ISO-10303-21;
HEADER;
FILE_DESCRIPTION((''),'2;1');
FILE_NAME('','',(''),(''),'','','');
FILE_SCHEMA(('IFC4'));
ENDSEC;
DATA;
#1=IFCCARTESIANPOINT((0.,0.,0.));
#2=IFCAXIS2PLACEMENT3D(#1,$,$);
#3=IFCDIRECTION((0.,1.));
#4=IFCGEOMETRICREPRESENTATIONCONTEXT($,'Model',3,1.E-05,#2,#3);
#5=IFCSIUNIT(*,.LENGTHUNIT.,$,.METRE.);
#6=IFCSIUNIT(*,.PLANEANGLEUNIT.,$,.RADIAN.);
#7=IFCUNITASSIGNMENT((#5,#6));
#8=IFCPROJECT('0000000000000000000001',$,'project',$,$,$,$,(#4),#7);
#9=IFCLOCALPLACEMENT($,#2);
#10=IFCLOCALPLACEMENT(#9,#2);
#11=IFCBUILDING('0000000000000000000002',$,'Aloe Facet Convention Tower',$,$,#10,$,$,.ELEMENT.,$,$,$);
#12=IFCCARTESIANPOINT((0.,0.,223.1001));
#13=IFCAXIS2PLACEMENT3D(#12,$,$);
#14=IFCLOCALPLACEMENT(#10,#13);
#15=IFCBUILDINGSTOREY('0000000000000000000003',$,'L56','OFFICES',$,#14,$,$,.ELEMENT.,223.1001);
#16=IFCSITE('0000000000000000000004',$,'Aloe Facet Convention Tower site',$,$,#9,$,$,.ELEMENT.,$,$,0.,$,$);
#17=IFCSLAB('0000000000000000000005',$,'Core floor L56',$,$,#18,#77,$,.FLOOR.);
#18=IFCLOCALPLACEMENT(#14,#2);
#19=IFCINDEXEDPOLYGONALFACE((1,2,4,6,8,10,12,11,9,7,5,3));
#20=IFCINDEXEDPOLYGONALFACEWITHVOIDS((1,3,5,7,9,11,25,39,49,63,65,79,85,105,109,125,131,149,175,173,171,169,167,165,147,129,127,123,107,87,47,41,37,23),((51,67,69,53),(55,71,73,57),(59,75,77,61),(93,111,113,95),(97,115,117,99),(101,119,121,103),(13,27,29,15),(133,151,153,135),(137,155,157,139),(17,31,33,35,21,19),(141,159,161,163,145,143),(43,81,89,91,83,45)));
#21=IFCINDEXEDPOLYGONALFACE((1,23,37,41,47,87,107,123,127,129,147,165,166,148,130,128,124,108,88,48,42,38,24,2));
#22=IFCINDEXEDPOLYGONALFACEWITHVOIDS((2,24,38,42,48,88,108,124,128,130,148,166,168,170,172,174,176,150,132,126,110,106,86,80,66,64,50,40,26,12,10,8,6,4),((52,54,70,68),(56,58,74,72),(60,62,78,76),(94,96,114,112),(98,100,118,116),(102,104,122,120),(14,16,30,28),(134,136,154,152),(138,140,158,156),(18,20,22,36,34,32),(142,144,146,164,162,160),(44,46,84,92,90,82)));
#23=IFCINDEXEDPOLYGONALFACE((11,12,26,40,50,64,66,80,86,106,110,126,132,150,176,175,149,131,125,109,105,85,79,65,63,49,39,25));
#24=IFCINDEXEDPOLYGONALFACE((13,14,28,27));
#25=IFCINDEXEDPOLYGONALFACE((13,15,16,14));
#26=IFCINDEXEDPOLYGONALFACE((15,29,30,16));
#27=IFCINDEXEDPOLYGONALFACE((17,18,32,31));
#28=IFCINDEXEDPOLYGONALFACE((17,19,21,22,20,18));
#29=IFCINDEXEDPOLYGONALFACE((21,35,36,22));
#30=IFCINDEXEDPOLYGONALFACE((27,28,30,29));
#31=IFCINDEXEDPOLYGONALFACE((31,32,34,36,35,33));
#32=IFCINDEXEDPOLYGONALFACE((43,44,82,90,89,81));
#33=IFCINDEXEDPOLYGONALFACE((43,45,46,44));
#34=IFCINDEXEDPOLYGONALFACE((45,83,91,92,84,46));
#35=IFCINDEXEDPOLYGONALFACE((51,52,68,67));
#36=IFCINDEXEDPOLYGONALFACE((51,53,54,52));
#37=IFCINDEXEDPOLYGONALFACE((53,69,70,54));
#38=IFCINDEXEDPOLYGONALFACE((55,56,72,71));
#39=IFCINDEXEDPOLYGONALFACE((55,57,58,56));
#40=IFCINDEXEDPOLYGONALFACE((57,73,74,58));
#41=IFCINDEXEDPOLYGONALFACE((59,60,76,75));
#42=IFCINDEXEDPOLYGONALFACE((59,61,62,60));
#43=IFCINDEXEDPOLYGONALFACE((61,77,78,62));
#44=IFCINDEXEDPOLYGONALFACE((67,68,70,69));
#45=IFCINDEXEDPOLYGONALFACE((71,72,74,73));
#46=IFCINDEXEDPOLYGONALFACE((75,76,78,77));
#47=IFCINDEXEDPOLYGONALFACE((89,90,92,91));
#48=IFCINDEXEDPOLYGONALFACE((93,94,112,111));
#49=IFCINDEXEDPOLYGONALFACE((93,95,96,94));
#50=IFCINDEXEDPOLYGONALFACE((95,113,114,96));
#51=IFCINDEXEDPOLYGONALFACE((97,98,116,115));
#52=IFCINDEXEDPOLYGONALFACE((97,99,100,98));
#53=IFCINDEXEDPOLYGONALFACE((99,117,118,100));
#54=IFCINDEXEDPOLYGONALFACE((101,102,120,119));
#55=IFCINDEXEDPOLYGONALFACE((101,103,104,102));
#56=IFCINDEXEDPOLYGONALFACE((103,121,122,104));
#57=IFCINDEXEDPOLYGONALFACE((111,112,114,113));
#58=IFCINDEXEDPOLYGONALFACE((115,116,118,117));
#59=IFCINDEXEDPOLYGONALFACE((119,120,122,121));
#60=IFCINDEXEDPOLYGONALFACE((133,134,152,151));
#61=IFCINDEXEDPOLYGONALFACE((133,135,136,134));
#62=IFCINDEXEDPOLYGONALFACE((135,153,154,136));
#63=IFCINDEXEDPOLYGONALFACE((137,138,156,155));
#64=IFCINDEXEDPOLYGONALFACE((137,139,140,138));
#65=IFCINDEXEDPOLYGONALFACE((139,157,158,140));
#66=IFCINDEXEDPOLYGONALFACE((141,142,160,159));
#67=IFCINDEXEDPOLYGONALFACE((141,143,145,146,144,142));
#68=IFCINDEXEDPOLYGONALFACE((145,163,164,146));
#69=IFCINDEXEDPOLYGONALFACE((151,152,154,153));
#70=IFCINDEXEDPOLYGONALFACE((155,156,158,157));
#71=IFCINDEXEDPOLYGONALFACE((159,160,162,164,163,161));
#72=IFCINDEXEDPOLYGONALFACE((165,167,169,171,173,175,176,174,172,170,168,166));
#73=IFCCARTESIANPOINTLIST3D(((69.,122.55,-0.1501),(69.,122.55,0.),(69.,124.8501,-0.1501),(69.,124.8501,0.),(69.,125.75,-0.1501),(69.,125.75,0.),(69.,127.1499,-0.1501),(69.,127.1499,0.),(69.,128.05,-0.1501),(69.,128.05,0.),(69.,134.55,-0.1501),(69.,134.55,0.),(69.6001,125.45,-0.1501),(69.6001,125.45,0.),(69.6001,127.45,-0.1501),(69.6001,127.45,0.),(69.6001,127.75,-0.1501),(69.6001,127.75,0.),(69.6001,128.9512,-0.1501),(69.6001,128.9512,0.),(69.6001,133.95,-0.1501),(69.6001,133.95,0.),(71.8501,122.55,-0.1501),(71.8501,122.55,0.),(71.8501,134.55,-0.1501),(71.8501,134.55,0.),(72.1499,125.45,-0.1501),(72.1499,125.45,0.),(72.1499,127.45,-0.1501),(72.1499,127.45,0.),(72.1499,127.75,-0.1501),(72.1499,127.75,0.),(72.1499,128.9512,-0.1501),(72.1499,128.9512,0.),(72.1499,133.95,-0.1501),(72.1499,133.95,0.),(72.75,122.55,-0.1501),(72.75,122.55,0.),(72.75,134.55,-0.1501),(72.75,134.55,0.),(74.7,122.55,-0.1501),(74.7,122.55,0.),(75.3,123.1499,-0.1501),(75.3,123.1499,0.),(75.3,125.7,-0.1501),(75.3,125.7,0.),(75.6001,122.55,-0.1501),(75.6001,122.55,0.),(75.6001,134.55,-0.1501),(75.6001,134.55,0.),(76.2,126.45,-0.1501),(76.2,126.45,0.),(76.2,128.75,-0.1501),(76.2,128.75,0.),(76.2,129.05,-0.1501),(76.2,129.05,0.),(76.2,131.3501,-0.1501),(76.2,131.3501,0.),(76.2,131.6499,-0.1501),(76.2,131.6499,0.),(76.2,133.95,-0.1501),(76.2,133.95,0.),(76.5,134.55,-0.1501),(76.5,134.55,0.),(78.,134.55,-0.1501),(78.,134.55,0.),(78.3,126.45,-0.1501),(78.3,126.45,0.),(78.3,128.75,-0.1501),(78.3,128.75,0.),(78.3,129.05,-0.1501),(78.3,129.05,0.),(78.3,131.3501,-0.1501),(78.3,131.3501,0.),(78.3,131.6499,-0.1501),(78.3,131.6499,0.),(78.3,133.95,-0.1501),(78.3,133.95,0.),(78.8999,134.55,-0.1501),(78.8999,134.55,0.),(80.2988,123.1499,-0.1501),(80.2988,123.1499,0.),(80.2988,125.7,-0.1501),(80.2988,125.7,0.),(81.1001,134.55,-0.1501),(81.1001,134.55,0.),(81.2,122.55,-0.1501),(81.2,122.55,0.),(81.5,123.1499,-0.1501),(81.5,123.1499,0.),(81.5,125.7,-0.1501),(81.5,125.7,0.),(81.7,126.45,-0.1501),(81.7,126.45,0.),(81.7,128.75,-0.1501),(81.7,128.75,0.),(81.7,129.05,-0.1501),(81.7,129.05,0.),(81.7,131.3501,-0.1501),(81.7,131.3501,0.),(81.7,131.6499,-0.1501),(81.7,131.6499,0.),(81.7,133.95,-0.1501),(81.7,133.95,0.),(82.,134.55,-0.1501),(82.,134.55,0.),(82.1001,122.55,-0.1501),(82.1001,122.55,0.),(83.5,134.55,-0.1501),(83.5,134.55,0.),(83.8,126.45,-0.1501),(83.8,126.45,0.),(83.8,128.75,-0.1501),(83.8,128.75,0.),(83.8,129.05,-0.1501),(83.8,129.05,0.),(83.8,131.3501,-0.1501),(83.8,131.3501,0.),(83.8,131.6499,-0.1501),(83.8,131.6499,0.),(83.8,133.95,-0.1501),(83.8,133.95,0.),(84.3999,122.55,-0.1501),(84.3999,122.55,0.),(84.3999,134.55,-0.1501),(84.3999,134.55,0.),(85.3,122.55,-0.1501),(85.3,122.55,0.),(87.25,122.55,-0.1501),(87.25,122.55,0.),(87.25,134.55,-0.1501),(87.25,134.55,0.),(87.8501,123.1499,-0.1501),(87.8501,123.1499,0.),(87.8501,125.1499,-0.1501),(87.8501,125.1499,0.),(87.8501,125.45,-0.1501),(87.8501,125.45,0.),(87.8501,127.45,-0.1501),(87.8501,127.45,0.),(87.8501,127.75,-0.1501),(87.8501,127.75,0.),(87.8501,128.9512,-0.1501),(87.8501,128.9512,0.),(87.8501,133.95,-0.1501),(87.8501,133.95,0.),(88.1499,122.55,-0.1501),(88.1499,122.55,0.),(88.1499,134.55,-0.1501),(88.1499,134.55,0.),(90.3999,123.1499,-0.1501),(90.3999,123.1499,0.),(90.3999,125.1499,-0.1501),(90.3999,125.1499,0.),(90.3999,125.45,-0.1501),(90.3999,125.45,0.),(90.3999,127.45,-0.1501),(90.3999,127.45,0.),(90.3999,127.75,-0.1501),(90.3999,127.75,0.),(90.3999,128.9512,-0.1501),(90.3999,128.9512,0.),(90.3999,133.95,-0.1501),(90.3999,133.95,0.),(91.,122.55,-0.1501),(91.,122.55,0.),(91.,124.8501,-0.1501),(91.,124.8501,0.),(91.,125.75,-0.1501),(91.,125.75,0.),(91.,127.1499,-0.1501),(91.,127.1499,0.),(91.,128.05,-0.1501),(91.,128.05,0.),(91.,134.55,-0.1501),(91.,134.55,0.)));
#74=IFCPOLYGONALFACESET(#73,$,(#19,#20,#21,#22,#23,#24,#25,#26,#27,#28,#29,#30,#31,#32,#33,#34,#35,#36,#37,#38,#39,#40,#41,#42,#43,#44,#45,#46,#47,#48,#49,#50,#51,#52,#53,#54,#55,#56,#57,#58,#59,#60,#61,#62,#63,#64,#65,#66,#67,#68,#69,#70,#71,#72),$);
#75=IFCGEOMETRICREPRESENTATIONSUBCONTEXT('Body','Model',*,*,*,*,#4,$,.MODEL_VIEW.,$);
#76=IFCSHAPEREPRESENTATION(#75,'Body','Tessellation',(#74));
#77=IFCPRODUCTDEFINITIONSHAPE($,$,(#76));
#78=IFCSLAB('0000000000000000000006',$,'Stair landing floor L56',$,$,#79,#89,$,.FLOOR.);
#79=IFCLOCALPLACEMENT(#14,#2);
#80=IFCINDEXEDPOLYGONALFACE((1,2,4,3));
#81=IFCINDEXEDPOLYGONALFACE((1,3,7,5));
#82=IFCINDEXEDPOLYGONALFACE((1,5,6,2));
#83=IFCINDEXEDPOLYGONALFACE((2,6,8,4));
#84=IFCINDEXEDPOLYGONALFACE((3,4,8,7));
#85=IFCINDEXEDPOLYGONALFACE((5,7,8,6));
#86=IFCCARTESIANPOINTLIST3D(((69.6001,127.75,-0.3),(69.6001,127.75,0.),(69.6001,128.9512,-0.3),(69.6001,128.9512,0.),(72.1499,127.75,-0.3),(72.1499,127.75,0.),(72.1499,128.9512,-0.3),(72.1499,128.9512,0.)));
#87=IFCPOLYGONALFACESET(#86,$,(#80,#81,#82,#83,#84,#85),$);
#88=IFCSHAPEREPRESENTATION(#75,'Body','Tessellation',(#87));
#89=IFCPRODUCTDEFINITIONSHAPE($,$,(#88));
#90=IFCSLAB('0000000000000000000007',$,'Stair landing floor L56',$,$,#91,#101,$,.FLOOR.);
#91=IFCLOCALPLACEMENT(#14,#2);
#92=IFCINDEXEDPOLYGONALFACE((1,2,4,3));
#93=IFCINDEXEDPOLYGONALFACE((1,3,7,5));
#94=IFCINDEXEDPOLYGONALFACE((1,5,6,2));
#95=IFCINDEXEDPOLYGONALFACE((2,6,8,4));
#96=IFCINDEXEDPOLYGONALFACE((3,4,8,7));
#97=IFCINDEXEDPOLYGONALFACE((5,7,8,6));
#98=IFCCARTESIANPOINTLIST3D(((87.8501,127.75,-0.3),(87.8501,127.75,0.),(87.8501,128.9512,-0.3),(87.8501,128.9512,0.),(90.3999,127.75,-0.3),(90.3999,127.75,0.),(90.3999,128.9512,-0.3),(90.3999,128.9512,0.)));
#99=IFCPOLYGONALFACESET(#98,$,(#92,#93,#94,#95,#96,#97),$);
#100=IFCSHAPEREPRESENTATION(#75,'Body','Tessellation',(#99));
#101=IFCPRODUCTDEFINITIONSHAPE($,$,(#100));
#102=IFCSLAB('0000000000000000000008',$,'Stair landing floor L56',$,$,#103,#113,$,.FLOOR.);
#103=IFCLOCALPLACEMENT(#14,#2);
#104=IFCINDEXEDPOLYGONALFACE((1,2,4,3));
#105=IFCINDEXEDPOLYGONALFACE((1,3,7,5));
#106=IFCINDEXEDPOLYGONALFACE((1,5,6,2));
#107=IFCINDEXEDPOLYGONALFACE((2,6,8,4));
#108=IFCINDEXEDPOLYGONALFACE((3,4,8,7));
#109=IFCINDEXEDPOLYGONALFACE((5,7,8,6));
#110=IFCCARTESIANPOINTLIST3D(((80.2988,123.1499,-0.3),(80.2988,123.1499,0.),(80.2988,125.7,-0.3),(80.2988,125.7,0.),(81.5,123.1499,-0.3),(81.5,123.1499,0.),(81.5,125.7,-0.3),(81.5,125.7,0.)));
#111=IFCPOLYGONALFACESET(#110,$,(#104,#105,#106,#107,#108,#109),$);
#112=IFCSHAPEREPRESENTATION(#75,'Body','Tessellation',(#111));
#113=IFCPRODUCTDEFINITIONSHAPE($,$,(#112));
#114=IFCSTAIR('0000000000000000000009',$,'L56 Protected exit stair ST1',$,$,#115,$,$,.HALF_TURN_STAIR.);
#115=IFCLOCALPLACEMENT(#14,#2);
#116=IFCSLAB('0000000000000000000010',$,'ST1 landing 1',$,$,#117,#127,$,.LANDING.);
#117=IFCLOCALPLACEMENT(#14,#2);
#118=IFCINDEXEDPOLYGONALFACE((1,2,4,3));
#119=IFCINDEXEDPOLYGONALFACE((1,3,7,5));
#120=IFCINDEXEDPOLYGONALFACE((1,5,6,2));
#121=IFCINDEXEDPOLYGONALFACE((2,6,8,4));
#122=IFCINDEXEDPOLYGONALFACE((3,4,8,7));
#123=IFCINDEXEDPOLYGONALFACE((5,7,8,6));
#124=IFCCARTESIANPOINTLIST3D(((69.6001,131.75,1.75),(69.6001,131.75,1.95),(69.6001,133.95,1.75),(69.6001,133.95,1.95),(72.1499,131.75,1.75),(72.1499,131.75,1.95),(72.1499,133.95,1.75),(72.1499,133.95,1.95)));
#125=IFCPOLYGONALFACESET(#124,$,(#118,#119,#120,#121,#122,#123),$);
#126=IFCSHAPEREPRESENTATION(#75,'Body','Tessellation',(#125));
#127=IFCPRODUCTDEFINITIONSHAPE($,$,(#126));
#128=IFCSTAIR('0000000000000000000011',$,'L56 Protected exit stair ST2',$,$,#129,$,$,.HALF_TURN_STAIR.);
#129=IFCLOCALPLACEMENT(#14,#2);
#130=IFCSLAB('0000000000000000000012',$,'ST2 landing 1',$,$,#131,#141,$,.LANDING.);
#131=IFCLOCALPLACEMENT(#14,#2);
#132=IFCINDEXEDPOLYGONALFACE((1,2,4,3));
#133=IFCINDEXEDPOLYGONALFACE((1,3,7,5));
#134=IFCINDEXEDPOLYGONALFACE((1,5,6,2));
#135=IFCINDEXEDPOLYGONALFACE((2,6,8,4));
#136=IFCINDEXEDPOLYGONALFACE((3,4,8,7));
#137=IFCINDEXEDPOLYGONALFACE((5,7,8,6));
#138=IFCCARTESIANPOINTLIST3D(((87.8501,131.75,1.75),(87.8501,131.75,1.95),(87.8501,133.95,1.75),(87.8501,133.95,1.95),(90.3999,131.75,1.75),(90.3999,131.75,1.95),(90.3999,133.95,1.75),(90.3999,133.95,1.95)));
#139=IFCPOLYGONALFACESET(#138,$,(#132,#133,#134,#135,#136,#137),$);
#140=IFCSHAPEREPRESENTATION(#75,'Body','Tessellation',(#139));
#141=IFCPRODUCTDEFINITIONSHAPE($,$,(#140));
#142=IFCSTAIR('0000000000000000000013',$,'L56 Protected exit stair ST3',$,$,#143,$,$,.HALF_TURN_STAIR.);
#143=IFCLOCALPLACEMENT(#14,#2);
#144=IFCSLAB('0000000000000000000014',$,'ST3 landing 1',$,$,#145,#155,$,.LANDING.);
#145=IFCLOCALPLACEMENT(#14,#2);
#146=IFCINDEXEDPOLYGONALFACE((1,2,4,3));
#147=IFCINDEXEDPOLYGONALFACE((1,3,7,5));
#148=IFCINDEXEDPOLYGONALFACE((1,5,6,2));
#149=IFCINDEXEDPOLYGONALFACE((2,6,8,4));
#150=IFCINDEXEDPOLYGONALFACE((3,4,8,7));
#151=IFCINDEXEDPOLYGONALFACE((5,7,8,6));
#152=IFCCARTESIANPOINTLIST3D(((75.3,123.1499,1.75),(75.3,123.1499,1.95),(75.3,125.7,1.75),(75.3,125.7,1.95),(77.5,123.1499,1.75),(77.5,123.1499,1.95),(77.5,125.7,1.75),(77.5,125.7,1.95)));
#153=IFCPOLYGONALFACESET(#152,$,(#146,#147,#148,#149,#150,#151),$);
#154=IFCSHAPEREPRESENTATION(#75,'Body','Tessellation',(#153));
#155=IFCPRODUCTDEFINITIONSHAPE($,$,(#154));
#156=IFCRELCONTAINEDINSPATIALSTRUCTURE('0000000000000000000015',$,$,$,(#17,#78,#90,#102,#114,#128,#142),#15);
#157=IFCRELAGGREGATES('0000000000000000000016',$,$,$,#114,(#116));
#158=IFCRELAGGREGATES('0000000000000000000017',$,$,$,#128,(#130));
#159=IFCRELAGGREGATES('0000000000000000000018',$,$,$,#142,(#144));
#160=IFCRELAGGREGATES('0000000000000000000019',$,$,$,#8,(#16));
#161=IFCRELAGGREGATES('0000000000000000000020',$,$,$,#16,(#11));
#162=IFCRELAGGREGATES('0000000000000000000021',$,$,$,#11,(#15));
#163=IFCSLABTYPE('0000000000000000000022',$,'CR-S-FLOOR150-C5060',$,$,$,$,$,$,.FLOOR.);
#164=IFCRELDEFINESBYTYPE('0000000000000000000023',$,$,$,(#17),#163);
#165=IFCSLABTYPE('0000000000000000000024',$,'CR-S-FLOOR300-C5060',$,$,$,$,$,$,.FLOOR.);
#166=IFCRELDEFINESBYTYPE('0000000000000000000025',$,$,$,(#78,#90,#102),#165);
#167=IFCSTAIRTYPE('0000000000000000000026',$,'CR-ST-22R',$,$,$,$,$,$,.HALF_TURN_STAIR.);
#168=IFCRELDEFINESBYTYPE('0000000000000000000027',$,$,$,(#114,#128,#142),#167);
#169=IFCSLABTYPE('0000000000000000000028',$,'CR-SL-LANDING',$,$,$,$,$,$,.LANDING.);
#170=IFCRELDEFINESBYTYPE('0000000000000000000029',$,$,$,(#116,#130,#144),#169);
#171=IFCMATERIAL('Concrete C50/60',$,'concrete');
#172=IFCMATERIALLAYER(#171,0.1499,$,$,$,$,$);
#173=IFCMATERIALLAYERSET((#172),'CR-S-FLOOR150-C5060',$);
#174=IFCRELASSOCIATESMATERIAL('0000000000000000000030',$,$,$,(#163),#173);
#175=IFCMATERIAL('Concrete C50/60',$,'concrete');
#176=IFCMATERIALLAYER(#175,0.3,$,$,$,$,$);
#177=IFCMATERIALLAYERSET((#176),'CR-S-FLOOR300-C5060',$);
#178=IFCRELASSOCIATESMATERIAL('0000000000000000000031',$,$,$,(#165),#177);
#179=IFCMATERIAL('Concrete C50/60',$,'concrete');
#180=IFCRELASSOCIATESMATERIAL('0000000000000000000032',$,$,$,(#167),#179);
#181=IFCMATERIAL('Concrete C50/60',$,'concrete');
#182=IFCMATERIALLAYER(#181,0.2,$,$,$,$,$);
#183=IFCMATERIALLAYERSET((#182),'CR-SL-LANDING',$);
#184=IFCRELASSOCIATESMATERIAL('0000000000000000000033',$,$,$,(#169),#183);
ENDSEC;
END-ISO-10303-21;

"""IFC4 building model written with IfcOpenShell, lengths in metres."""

from ifc_helpers import new_model, si_unit, direction, frame, origin, place, context, subcontext, project, spatial, polyline, outline, extrude, material, layer, layer_set, type_object, element, aggregate, save


model = new_model("IFC4")

# Units and contexts
model_context = context("Model", 3, precision=1e-05, world=origin(), true_north=direction((0.0, 1.0)))
body_context = subcontext(model_context, "Body", "Model", "MODEL_VIEW")
ifc_project = project(units=[si_unit("LENGTHUNIT", "METRE"), si_unit("PLANEANGLEUNIT", "RADIAN")], contexts=[model_context])

# Site, building, storey
site_placement = place(None, origin())
site = spatial("IfcSite", under=ifc_project, at=site_placement, Name="Aloe Facet Convention Tower site", CompositionType="ELEMENT", RefElevation=0.0)
building_placement = place(site_placement, origin())
building = spatial("IfcBuilding", under=site, at=building_placement, Name="Aloe Facet Convention Tower", CompositionType="ELEMENT")
storey_placement = place(building_placement, frame((0.0, 0.0, 223.1001)))
storey = spatial("IfcBuildingStorey", under=building, at=storey_placement, Name="L56", Description="OFFICES", CompositionType="ELEMENT", Elevation=223.1001)

# Slabs
ifc_material_1 = material(Name="Concrete C50/60", Category="concrete")
ifc_layer_1 = layer(ifc_material_1, 0.1499)
ifc_layer_set_1 = layer_set([ifc_layer_1], Name="CR-S-FLOOR150-C5060")
slab_type_1 = type_object("IfcSlabType", Name="CR-S-FLOOR150-C5060", PredefinedType="FLOOR", material=ifc_layer_set_1)
slab_1_placement = place(storey_placement, frame((0.0, 0.0, -0.1501)))
element("IfcSlab", 1, at=slab_1_placement, inside=storey, type_object=slab_type_1, Name="Core floor L56", PredefinedType="FLOOR", context=body_context, shape_type="SweptSolid", body=[
    extrude(outline(polyline([(71.8501, 134.55), (72.75, 134.55), (75.6001, 134.55), (76.5, 134.55), (78.0, 134.55), (78.8999, 134.55), (81.1001, 134.55), (82.0, 134.55), (83.5, 134.55), (84.3999, 134.55), (87.25, 134.55), (88.1499, 134.55), (91.0, 134.55), (91.0, 128.05), (91.0, 127.1499), (91.0, 125.75), (91.0, 124.8501), (91.0, 122.55), (88.1499, 122.55), (87.25, 122.55), (85.3, 122.55), (84.3999, 122.55), (82.1001, 122.55), (81.2, 122.55), (75.6001, 122.55), (74.7, 122.55), (72.75, 122.55), (71.8501, 122.55), (69.0, 122.55), (69.0, 124.8501), (69.0, 125.75), (69.0, 127.1499), (69.0, 128.05), (69.0, 134.55), (71.8501, 134.55)]), holes=[polyline([(80.2988, 123.1499), (81.5, 123.1499), (81.5, 125.7), (80.2988, 125.7), (75.3, 125.7), (75.3, 123.1499), (80.2988, 123.1499)]), polyline([(69.6001, 125.45), (72.1499, 125.45), (72.1499, 127.45), (69.6001, 127.45), (69.6001, 125.45)]), polyline([(76.2, 126.45), (78.3, 126.45), (78.3, 128.75), (76.2, 128.75), (76.2, 126.45)]), polyline([(78.3, 129.05), (78.3, 131.3501), (76.2, 131.3501), (76.2, 129.05), (78.3, 129.05)]), polyline([(69.6001, 133.95), (69.6001, 128.9512), (69.6001, 127.75), (72.1499, 127.75), (72.1499, 128.9512), (72.1499, 133.95), (69.6001, 133.95)]), polyline([(76.2, 131.6499), (78.3, 131.6499), (78.3, 133.95), (76.2, 133.95), (76.2, 131.6499)]), polyline([(90.3999, 123.1499), (90.3999, 125.1499), (87.8501, 125.1499), (87.8501, 123.1499), (90.3999, 123.1499)]), polyline([(87.8501, 125.45), (90.3999, 125.45), (90.3999, 127.45), (87.8501, 127.45), (87.8501, 125.45)]), polyline([(81.7, 126.45), (83.8, 126.45), (83.8, 128.75), (81.7, 128.75), (81.7, 126.45)]), polyline([(83.8, 129.05), (83.8, 131.3501), (81.7, 131.3501), (81.7, 129.05), (83.8, 129.05)]), polyline([(87.8501, 133.95), (87.8501, 128.9512), (87.8501, 127.75), (90.3999, 127.75), (90.3999, 128.9512), (90.3999, 133.95), (87.8501, 133.95)]), polyline([(81.7, 131.6499), (83.8, 131.6499), (83.8, 133.95), (81.7, 133.95), (81.7, 131.6499)])]), origin(), (0.0, 0.0, 1.0), 0.1501),
])
ifc_material_2 = material(Name="Concrete C50/60", Category="concrete")
ifc_layer_2 = layer(ifc_material_2, 0.3)
ifc_layer_set_2 = layer_set([ifc_layer_2], Name="CR-S-FLOOR300-C5060")
slab_type_2 = type_object("IfcSlabType", Name="CR-S-FLOOR300-C5060", PredefinedType="FLOOR", material=ifc_layer_set_2)
slab_2_placement = place(storey_placement, frame((0.0, 0.0, -0.3)))
element("IfcSlab", 2, at=slab_2_placement, inside=storey, type_object=slab_type_2, Name="Stair landing floor L56", PredefinedType="FLOOR", context=body_context, shape_type="SweptSolid", body=[
    extrude(outline(polyline([(72.1499, 127.75), (72.1499, 128.9512), (69.6001, 128.9512), (69.6001, 127.75), (72.1499, 127.75)])), origin(), (0.0, 0.0, 1.0), 0.3),
])
slab_3_placement = place(storey_placement, frame((0.0, 0.0, -0.3)))
element("IfcSlab", 3, at=slab_3_placement, inside=storey, type_object=slab_type_2, Name="Stair landing floor L56", PredefinedType="FLOOR", context=body_context, shape_type="SweptSolid", body=[
    extrude(outline(polyline([(90.3999, 127.75), (90.3999, 128.9512), (87.8501, 128.9512), (87.8501, 127.75), (90.3999, 127.75)])), origin(), (0.0, 0.0, 1.0), 0.3),
])
slab_4_placement = place(storey_placement, frame((0.0, 0.0, -0.3)))
element("IfcSlab", 4, at=slab_4_placement, inside=storey, type_object=slab_type_2, Name="Stair landing floor L56", PredefinedType="FLOOR", context=body_context, shape_type="SweptSolid", body=[
    extrude(outline(polyline([(81.5, 125.7), (80.2988, 125.7), (80.2988, 123.1499), (81.5, 123.1499), (81.5, 125.7)])), origin(), (0.0, 0.0, 1.0), 0.3),
])

# Stairs, slabs
ifc_material_3 = material(Name="Concrete C50/60", Category="concrete")
stair_type = type_object("IfcStairType", Name="CR-ST-22R", PredefinedType="HALF_TURN_STAIR", material=ifc_material_3)
stair_1_placement = place(storey_placement, origin())
stair_1 = element("IfcStair", 5, at=stair_1_placement, inside=storey, type_object=stair_type, Name="L56 Protected exit stair ST1", PredefinedType="HALF_TURN_STAIR")
ifc_material_4 = material(Name="Concrete C50/60", Category="concrete")
ifc_layer_3 = layer(ifc_material_4, 0.2)
ifc_layer_set_3 = layer_set([ifc_layer_3], Name="CR-SL-LANDING")
slab_type_3 = type_object("IfcSlabType", Name="CR-SL-LANDING", PredefinedType="LANDING", material=ifc_layer_set_3)
slab_5_placement = place(storey_placement, frame((0.0, 0.0, 1.75)))
slab_5 = element("IfcSlab", 6, at=slab_5_placement, type_object=slab_type_3, Name="ST1 landing 1", PredefinedType="LANDING", context=body_context, shape_type="SweptSolid", body=[
    extrude(outline(polyline([(72.1499, 131.75), (72.1499, 133.95), (69.6001, 133.95), (69.6001, 131.75), (72.1499, 131.75)])), origin(), (0.0, 0.0, 1.0), 0.2),
])
aggregate(stair_1, [slab_5])
stair_2_placement = place(storey_placement, origin())
stair_2 = element("IfcStair", 7, at=stair_2_placement, inside=storey, type_object=stair_type, Name="L56 Protected exit stair ST2", PredefinedType="HALF_TURN_STAIR")
slab_6_placement = place(storey_placement, frame((0.0, 0.0, 1.75)))
slab_6 = element("IfcSlab", 8, at=slab_6_placement, type_object=slab_type_3, Name="ST2 landing 1", PredefinedType="LANDING", context=body_context, shape_type="SweptSolid", body=[
    extrude(outline(polyline([(90.3999, 131.75), (90.3999, 133.95), (87.8501, 133.95), (87.8501, 131.75), (90.3999, 131.75)])), origin(), (0.0, 0.0, 1.0), 0.2),
])
aggregate(stair_2, [slab_6])
stair_3_placement = place(storey_placement, origin())
stair_3 = element("IfcStair", 9, at=stair_3_placement, inside=storey, type_object=stair_type, Name="L56 Protected exit stair ST3", PredefinedType="HALF_TURN_STAIR")
slab_7_placement = place(storey_placement, frame((0.0, 0.0, 1.75)))
slab_7 = element("IfcSlab", 10, at=slab_7_placement, type_object=slab_type_3, Name="ST3 landing 1", PredefinedType="LANDING", context=body_context, shape_type="SweptSolid", body=[
    extrude(outline(polyline([(77.5, 125.7), (75.3, 125.7), (75.3, 123.1499), (77.5, 123.1499), (77.5, 125.7)])), origin(), (0.0, 0.0, 1.0), 0.2),
])
aggregate(stair_3, [slab_7])

save(model, "model.ifc")
